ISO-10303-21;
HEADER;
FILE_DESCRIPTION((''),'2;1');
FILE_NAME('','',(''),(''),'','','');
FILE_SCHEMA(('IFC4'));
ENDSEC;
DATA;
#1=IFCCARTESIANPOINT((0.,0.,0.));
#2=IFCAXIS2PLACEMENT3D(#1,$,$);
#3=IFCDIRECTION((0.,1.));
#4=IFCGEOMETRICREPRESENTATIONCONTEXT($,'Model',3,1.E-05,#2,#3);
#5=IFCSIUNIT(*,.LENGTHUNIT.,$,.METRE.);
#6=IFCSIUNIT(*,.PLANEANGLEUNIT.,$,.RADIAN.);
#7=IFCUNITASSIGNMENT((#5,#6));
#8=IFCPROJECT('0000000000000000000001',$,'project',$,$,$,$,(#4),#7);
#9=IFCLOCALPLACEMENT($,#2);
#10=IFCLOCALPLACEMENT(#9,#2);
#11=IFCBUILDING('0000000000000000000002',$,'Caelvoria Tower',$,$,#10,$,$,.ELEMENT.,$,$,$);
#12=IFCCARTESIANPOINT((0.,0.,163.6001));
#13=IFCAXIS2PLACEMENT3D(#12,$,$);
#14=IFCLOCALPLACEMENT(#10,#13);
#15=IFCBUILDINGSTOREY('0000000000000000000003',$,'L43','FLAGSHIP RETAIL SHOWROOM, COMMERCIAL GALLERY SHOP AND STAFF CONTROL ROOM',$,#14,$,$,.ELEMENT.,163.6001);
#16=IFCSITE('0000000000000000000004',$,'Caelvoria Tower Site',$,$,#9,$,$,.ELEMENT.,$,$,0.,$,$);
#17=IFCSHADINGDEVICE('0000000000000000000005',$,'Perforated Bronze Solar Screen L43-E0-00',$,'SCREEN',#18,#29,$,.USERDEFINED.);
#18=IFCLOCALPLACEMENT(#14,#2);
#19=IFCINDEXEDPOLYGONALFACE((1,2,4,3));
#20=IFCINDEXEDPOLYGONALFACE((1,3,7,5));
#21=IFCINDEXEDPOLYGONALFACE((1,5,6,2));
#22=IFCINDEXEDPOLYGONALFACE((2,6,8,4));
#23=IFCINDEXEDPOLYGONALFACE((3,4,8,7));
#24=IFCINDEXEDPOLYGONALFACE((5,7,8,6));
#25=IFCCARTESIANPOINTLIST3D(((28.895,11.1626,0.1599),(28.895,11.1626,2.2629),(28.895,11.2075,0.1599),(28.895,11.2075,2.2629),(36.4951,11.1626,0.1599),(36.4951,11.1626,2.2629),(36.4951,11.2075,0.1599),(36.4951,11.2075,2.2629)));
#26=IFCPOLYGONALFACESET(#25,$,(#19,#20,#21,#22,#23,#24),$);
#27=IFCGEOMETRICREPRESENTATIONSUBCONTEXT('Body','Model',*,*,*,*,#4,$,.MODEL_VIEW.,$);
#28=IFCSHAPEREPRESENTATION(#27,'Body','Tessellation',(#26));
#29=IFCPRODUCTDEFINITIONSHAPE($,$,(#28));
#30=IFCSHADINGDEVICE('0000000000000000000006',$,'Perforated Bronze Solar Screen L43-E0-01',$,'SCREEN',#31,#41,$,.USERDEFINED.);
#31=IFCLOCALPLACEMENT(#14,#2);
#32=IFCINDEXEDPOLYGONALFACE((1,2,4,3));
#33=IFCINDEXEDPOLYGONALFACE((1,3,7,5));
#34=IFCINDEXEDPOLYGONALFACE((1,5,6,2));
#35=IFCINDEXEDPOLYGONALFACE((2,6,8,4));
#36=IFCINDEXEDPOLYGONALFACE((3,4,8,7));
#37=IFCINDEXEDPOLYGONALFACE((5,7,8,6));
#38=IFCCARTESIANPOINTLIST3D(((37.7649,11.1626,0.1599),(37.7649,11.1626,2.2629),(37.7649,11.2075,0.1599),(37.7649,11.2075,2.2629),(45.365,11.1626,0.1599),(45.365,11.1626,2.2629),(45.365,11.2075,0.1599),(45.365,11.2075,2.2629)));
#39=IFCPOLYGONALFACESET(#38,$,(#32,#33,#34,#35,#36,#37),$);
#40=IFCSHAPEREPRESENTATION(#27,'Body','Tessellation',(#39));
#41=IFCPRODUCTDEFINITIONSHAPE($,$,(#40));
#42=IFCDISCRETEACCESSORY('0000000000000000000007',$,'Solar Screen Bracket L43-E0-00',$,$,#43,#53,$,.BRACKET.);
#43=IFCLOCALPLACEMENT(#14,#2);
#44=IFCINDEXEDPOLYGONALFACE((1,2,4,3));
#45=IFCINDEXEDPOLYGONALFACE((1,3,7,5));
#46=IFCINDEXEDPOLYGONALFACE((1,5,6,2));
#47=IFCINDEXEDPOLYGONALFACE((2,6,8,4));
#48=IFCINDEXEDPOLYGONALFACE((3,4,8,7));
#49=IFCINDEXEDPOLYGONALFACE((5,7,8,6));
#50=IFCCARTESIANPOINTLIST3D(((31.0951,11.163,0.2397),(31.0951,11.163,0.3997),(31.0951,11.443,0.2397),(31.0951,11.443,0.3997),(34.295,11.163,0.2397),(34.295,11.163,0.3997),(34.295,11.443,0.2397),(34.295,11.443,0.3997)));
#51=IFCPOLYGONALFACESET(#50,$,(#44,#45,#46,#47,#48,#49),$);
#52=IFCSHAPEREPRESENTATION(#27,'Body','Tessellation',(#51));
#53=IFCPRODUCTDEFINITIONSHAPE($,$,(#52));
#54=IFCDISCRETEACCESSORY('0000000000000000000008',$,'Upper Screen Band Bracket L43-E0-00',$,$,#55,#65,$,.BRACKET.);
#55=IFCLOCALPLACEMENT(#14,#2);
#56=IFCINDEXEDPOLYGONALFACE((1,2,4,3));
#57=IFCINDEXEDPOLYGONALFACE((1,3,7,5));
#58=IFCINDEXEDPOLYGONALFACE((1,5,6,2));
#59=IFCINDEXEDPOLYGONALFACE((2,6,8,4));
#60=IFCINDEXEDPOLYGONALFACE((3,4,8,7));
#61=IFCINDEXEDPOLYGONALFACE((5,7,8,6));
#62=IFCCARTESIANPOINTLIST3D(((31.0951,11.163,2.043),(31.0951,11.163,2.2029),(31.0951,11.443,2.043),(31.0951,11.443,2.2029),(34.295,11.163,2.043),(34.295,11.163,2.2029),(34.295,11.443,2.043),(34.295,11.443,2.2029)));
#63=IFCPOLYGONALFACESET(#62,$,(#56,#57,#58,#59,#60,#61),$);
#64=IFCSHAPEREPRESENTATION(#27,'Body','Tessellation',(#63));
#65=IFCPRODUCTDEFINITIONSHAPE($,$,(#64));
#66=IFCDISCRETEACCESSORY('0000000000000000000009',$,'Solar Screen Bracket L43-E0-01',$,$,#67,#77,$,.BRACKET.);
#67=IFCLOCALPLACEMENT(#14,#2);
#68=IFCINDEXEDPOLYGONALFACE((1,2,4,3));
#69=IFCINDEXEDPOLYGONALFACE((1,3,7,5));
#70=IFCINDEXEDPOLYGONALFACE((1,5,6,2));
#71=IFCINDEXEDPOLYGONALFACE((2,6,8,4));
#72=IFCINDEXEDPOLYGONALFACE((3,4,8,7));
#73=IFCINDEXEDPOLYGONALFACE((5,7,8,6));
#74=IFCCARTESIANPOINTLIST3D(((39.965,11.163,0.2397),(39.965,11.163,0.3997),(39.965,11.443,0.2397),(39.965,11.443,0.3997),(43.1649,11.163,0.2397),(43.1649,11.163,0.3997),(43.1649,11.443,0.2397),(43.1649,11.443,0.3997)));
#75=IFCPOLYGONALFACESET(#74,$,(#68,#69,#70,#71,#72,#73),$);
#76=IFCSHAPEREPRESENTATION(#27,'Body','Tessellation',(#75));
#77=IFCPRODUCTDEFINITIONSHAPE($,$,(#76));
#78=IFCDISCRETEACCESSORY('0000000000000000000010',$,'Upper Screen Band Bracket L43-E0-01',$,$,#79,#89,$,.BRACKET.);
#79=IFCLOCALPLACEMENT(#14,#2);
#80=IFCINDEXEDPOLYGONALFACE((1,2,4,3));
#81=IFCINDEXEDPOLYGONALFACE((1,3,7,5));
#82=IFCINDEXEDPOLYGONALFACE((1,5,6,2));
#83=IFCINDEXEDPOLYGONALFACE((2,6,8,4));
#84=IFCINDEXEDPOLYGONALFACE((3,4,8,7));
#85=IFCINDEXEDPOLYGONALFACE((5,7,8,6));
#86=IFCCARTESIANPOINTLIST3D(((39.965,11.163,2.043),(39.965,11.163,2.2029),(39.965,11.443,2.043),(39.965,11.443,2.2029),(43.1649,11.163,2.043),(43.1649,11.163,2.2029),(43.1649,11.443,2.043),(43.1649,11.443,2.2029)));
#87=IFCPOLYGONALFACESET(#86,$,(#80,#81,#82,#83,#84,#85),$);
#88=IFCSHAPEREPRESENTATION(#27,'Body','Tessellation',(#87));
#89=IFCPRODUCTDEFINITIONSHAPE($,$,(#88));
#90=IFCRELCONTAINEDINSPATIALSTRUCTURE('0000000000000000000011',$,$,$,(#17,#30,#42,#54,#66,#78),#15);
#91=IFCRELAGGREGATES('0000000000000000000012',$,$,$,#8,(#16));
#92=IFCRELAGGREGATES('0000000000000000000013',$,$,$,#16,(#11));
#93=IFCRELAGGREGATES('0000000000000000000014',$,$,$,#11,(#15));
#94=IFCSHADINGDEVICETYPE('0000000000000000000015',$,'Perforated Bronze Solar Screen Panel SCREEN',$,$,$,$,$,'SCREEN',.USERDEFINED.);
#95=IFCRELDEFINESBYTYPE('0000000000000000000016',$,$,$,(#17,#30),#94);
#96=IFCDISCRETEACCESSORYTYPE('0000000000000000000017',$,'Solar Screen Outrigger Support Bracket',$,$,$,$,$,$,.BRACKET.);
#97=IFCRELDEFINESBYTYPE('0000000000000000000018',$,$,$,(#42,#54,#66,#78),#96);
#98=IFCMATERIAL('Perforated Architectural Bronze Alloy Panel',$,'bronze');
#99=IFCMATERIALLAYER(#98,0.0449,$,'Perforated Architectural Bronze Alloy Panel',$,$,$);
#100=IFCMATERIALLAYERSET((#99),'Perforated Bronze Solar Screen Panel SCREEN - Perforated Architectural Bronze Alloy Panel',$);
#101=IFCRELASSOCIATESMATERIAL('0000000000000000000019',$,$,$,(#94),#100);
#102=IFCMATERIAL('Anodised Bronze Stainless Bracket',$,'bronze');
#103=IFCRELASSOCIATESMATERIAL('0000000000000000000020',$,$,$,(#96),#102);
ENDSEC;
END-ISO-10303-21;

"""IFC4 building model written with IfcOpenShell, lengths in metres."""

from ifc_helpers import new_model, si_unit, direction, frame, origin, origin_2d, place, context, subcontext, project, spatial, rectangle, extrude, material, layer, layer_set, type_object, element, save


model = new_model("IFC4")

# Units and contexts
model_context = context("Model", 3, precision=1e-05, world=origin(), true_north=direction((0.0, 1.0)))
body_context = subcontext(model_context, "Body", "Model", "MODEL_VIEW")
ifc_project = project(units=[si_unit("LENGTHUNIT", "METRE"), si_unit("PLANEANGLEUNIT", "RADIAN")], contexts=[model_context])

# Site, building, storey
site_placement = place(None, origin())
site = spatial("IfcSite", under=ifc_project, at=site_placement, Name="Caelvoria Tower Site", CompositionType="ELEMENT", RefElevation=0.0)
building_placement = place(site_placement, origin())
building = spatial("IfcBuilding", under=site, at=building_placement, Name="Caelvoria Tower", CompositionType="ELEMENT")
storey_placement = place(building_placement, frame((0.0, 0.0, 163.6001)))
storey = spatial("IfcBuildingStorey", under=building, at=storey_placement, Name="L43", Description="FLAGSHIP RETAIL SHOWROOM, COMMERCIAL GALLERY SHOP AND STAFF CONTROL ROOM", CompositionType="ELEMENT", Elevation=163.6001)

# Shading devices
ifc_material_1 = material(Name="Perforated Architectural Bronze Alloy Panel", Category="bronze")
ifc_layer_1 = layer(ifc_material_1, 0.0449, Name="Perforated Architectural Bronze Alloy Panel")
ifc_layer_set_1 = layer_set([ifc_layer_1], Name="Perforated Bronze Solar Screen Panel SCREEN - Perforated Architectural Bronze Alloy Panel")
shading_device_type = type_object("IfcShadingDeviceType", Name="Perforated Bronze Solar Screen Panel SCREEN", ElementType="SCREEN", PredefinedType="USERDEFINED", material=ifc_layer_set_1)
for number, where, z_axis, x_axis, name in (
    (1, (32.6951, 11.1851, 0.1599), (0.0, 0.0, 1.0), (1.0, 0.0, 0.0), "Perforated Bronze Solar Screen L43-E0-00"),
    (2, (41.5649, 11.1851, 0.1599), (0.0, 0.0, 1.0), (1.0, 0.0, 0.0), "Perforated Bronze Solar Screen L43-E0-01"),
):
    element("IfcShadingDevice", number, at=place(storey_placement, frame(where, z_axis=z_axis, x_axis=x_axis)), inside=storey, type_object=shading_device_type, Name=name, ObjectType="SCREEN", PredefinedType="USERDEFINED", context=body_context, shape_type="SweptSolid", body=[
        extrude(rectangle(XDim=7.6001, YDim=0.0449, at=origin_2d()), origin(), (0.0, 0.0, 1.0), 2.103),
    ])

# Discrete accessories
ifc_material_2 = material(Name="Anodised Bronze Stainless Bracket", Category="bronze")
discrete_accessory_type = type_object("IfcDiscreteAccessoryType", Name="Solar Screen Outrigger Support Bracket", PredefinedType="BRACKET", material=ifc_material_2)
for number, where, z_axis, x_axis, name in (
    (3, (32.6951, 11.303, 0.2397), (0.0, 0.0, 1.0), (1.0, 0.0, 0.0), "Solar Screen Bracket L43-E0-00"),
    (4, (32.6951, 11.303, 2.043), (0.0, 0.0, 1.0), (1.0, 0.0, 0.0), "Upper Screen Band Bracket L43-E0-00"),
    (5, (41.5649, 11.303, 0.2397), (0.0, 0.0, 1.0), (1.0, 0.0, 0.0), "Solar Screen Bracket L43-E0-01"),
    (6, (41.5649, 11.303, 2.043), (0.0, 0.0, 1.0), (1.0, 0.0, 0.0), "Upper Screen Band Bracket L43-E0-01"),
):
    element("IfcDiscreteAccessory", number, at=place(storey_placement, frame(where, z_axis=z_axis, x_axis=x_axis)), inside=storey, type_object=discrete_accessory_type, Name=name, PredefinedType="BRACKET", context=body_context, shape_type="SweptSolid", body=[
        extrude(rectangle(XDim=3.2, YDim=0.28, at=origin_2d()), origin(), (0.0, 0.0, 1.0), 0.1599),
    ])

save(model, "model.ifc")
